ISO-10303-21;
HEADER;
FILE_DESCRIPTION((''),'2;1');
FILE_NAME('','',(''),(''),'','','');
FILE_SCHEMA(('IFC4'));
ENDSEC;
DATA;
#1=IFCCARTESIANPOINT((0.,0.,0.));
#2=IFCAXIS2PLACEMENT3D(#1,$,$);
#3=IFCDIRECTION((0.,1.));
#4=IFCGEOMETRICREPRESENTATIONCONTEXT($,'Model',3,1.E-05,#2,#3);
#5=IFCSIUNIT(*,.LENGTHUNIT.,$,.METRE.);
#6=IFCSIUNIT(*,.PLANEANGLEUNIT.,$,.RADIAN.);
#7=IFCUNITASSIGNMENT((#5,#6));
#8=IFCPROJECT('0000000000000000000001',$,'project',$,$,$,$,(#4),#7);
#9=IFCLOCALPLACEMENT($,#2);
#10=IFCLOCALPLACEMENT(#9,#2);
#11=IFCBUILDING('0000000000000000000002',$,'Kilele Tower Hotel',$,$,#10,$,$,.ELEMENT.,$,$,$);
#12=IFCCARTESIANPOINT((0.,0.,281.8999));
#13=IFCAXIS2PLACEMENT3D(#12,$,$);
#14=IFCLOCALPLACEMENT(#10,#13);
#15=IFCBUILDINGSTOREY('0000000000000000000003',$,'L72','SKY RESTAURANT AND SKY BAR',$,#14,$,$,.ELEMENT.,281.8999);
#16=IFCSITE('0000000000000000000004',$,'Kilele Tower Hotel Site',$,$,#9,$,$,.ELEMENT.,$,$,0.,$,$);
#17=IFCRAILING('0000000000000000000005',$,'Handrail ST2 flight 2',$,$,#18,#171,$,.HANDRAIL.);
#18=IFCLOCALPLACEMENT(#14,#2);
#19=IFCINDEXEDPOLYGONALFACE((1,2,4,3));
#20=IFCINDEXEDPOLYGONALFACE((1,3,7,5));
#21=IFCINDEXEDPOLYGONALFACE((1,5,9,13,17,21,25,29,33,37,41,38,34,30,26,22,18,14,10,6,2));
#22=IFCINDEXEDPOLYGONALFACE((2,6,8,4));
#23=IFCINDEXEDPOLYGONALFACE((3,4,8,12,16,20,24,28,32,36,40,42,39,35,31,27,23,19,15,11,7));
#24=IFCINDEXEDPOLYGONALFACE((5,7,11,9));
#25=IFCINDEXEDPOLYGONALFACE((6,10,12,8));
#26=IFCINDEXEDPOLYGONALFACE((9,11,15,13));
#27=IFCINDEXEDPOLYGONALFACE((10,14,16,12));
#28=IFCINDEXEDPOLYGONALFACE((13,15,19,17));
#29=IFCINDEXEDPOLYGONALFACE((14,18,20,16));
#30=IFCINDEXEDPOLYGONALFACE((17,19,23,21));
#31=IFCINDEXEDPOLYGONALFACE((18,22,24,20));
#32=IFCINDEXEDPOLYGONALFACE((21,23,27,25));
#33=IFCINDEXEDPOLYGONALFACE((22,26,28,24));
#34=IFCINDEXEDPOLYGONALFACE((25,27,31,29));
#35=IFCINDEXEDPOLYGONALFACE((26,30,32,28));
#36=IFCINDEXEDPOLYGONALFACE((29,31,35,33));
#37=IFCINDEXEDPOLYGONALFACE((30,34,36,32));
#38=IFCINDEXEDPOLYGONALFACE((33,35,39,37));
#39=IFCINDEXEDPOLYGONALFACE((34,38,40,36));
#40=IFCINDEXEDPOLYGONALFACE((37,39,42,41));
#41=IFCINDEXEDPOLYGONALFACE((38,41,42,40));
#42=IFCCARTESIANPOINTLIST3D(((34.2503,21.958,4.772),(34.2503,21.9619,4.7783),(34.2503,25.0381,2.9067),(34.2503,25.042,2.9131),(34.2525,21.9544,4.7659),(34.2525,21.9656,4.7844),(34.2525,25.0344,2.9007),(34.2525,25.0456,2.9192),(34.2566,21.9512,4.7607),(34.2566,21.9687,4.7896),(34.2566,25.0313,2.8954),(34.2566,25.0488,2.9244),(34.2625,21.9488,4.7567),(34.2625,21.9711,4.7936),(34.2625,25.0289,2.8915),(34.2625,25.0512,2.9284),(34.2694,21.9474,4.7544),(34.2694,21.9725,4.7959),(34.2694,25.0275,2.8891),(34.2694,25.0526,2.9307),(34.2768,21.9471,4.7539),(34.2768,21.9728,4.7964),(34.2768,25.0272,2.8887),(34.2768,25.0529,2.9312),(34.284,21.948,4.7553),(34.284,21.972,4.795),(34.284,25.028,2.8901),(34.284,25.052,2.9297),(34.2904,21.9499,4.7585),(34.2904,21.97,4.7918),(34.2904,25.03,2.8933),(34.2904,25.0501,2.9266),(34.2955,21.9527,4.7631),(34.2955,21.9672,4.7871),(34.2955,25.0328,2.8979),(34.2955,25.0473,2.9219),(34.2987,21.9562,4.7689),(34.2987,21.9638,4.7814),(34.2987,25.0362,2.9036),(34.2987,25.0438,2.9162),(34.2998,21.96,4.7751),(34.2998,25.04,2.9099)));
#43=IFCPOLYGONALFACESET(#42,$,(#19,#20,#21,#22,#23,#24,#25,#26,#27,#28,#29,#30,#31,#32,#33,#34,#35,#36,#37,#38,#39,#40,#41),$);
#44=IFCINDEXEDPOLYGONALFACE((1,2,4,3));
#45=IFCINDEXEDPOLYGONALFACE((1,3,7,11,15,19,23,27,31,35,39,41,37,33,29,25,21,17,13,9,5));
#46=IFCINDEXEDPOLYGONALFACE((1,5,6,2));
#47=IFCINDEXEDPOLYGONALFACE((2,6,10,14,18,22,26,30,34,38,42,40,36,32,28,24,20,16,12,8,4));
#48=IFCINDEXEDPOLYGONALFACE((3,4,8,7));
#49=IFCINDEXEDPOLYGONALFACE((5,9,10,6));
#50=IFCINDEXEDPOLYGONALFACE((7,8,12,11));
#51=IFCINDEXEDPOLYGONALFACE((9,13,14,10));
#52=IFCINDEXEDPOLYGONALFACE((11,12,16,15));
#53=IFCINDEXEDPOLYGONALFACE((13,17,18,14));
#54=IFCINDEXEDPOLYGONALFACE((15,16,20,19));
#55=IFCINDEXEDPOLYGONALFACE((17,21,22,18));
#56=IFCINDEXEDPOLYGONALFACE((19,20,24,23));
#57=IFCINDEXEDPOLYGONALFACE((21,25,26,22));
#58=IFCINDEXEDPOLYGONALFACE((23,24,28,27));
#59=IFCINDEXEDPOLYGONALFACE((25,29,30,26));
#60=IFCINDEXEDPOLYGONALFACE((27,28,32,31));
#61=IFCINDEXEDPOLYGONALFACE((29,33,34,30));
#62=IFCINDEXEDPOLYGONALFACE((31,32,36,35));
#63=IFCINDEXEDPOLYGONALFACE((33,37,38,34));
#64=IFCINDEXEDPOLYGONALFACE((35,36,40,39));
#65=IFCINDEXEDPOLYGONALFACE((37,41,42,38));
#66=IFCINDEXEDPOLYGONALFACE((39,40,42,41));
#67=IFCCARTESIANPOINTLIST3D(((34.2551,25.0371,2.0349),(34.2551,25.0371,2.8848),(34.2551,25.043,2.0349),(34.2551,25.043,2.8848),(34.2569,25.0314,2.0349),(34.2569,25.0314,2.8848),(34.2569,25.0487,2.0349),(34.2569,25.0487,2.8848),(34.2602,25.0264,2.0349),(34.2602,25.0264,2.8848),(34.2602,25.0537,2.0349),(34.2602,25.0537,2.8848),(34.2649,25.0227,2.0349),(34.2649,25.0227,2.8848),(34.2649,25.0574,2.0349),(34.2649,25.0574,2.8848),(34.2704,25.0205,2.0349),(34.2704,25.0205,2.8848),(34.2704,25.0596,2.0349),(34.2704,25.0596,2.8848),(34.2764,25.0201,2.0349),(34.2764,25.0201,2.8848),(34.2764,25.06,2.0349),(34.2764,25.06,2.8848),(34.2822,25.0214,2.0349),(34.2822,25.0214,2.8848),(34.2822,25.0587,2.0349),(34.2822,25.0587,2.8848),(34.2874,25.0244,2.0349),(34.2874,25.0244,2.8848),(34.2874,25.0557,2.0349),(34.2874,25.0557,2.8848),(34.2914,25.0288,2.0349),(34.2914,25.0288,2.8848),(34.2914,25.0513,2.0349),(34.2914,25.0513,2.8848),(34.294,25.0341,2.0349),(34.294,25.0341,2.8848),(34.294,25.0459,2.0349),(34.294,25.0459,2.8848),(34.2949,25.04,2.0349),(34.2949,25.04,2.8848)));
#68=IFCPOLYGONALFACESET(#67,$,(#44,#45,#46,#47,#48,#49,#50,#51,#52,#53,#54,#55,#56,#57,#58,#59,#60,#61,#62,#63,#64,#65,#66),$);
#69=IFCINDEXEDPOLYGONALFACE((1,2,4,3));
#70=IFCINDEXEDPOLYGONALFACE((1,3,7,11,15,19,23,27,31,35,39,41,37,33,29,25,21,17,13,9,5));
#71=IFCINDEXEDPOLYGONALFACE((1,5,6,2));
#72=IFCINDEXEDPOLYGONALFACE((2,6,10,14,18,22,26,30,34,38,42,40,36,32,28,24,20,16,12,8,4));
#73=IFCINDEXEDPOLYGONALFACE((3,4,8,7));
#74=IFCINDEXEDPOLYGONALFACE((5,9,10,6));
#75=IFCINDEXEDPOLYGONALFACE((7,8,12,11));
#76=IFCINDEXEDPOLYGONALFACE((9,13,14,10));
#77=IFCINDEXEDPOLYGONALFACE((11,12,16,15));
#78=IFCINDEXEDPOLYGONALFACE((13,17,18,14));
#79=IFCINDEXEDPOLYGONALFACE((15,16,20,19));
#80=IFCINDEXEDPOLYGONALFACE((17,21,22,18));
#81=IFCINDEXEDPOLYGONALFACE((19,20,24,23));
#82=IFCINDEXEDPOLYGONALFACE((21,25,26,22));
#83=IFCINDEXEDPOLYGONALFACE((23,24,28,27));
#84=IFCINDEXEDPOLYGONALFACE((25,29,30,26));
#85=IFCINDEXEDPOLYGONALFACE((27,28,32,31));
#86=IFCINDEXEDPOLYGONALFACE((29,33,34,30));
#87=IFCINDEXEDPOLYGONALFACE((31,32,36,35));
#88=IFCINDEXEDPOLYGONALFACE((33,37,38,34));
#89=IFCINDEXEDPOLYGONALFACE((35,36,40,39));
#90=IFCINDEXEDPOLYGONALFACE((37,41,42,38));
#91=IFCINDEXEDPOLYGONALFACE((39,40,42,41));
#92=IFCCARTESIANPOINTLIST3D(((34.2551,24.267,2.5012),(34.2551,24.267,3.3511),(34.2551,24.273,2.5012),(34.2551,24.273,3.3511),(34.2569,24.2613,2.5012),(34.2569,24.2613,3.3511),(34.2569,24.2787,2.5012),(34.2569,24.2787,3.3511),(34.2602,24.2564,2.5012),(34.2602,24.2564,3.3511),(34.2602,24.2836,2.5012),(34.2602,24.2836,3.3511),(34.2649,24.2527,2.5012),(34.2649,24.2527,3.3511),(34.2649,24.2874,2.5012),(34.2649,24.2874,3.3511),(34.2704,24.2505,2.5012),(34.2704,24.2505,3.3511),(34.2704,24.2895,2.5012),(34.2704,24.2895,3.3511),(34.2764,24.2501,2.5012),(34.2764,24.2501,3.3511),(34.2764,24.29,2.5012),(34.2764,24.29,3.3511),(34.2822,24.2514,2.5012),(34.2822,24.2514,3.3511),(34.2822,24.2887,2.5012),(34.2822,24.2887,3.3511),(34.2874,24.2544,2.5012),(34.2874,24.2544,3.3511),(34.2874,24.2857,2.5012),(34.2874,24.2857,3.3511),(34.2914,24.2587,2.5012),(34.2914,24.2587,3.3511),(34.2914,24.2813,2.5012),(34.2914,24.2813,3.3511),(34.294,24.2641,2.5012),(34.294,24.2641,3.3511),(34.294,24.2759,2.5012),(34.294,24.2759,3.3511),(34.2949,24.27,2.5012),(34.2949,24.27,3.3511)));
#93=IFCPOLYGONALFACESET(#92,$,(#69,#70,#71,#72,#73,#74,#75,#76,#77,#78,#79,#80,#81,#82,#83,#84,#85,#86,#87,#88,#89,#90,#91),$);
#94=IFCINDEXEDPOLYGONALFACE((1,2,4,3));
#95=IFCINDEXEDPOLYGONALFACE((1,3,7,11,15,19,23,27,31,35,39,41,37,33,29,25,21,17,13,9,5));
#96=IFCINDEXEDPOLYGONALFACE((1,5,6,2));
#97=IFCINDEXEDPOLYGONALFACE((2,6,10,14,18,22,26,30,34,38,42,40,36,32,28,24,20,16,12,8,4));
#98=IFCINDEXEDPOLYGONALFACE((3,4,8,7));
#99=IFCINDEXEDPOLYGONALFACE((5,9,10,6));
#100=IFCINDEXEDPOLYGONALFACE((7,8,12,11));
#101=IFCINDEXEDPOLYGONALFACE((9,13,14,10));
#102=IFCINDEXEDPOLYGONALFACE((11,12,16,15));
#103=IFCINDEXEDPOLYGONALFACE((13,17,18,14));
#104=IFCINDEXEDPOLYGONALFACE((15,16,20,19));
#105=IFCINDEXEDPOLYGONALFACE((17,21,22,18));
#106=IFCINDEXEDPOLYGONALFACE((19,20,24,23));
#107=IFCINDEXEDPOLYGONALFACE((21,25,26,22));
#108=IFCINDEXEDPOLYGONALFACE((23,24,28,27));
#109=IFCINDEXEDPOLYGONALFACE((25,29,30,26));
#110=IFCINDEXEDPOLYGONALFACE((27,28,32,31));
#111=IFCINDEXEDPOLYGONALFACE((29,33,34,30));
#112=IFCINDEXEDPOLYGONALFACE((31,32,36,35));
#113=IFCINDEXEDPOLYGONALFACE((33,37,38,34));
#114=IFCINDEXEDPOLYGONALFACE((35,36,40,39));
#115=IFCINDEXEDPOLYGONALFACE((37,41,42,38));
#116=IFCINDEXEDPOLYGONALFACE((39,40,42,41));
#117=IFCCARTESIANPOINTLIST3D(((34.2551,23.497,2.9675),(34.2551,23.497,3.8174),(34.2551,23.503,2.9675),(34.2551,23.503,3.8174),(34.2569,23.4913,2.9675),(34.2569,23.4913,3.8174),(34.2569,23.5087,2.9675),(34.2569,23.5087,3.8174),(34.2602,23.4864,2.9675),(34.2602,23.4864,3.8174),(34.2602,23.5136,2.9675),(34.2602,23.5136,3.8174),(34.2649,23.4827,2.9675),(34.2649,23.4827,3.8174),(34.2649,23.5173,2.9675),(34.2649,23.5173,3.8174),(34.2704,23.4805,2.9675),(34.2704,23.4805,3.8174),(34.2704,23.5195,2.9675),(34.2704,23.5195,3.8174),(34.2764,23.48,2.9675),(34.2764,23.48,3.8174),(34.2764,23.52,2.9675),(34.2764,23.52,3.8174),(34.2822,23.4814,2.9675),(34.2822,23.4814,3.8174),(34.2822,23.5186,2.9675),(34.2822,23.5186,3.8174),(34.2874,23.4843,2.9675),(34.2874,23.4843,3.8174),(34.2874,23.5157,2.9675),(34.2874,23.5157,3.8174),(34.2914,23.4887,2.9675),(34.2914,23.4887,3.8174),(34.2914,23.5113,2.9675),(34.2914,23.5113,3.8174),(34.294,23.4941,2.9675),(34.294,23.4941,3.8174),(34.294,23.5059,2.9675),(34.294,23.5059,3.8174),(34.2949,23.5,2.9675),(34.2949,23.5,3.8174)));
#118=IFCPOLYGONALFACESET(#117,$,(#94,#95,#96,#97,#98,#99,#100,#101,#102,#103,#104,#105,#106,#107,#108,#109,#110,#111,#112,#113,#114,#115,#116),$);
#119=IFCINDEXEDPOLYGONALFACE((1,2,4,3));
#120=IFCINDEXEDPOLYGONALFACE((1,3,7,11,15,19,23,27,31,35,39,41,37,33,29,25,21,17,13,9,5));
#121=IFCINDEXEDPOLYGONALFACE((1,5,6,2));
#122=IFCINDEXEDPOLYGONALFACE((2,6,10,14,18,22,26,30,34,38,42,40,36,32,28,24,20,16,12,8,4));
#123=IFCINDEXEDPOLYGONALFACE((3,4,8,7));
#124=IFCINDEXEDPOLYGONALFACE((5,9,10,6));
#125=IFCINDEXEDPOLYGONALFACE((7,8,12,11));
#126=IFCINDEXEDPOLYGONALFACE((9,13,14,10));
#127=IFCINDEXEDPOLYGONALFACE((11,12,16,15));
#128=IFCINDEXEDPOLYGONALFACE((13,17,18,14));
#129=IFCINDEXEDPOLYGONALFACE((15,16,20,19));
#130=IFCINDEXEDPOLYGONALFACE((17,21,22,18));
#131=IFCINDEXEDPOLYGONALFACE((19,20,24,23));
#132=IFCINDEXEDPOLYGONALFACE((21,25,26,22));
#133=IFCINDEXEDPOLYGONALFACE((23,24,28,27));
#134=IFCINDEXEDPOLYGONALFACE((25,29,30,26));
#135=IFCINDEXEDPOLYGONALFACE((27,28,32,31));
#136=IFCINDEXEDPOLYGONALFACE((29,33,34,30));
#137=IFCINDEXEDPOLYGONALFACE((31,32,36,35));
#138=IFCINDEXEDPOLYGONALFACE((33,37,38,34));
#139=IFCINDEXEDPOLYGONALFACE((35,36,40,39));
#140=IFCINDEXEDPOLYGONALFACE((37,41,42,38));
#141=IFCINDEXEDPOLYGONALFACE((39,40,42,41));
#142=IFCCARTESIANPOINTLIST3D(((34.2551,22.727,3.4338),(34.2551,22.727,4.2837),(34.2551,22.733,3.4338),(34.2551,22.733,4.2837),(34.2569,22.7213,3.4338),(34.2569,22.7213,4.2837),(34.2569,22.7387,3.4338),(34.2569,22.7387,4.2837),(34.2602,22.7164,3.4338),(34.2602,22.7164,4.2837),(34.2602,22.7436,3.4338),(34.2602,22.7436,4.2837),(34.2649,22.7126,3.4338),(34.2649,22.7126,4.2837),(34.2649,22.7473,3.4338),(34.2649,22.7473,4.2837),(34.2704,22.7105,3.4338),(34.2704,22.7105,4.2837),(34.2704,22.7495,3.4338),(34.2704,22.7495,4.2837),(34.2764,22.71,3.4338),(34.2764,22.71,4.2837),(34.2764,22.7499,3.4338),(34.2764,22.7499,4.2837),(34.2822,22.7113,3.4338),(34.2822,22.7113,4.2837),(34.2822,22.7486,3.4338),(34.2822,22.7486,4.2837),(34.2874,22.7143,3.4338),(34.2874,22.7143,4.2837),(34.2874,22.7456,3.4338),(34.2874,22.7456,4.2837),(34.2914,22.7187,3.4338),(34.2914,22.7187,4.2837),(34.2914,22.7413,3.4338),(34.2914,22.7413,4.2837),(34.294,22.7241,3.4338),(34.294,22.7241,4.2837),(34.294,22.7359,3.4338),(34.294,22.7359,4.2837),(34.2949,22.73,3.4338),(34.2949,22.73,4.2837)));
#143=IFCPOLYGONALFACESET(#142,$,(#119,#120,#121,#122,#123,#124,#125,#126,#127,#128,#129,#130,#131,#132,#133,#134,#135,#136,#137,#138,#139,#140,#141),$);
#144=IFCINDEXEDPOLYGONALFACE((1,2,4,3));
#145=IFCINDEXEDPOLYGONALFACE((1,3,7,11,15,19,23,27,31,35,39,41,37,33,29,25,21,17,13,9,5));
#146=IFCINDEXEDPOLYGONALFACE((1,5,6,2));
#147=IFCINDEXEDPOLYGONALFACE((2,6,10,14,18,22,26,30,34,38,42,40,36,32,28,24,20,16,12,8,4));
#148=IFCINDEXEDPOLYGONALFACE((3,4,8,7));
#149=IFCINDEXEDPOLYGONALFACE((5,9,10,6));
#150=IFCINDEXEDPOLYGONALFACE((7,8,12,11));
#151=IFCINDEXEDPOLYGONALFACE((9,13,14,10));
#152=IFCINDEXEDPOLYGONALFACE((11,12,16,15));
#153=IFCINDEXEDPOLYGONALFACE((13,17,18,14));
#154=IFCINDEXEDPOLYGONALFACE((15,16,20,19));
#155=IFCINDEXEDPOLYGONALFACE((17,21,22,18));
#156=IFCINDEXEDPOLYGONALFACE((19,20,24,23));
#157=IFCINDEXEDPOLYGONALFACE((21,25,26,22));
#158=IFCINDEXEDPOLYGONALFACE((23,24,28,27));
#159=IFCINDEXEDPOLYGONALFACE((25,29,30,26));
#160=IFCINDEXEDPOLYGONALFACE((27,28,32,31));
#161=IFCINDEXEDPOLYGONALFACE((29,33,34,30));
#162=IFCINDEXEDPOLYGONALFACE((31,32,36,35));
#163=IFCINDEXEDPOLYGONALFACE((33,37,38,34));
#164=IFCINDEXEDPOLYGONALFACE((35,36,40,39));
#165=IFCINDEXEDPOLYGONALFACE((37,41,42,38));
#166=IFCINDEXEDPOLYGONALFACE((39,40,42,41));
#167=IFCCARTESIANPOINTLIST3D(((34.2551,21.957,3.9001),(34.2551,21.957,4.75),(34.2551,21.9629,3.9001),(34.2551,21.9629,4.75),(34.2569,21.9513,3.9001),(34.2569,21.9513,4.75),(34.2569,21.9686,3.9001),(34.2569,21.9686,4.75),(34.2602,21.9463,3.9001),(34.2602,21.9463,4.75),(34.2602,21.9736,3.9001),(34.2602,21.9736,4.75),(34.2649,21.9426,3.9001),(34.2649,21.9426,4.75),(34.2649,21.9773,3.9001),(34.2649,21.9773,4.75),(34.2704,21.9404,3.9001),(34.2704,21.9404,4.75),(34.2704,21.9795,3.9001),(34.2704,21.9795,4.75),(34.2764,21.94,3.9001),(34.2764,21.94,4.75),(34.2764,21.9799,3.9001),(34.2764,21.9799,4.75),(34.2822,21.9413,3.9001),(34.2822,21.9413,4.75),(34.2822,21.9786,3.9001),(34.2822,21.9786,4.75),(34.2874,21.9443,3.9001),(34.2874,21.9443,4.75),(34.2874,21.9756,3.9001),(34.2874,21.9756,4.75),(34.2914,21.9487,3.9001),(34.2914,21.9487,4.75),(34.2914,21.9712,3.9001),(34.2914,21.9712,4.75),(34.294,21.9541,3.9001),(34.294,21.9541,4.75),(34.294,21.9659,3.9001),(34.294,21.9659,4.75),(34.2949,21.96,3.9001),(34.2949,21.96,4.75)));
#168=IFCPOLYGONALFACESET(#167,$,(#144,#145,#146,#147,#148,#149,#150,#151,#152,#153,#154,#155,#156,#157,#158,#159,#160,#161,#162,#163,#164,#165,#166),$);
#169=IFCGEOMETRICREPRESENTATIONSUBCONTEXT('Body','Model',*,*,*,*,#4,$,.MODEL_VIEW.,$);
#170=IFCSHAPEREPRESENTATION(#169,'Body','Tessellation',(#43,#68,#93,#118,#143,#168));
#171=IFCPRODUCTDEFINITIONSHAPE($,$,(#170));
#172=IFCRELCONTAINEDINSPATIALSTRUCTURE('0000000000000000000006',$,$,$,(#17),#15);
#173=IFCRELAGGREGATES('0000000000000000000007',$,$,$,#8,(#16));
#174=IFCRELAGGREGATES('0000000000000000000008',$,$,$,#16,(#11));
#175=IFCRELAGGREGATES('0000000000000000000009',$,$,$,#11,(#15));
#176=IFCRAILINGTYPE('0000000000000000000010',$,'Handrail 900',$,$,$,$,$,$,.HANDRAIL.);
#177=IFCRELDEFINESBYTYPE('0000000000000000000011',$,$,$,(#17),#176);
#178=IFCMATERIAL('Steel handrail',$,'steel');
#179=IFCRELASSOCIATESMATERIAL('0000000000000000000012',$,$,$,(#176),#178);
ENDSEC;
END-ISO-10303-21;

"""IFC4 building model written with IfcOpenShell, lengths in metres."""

from ifc_helpers import new_model, si_unit, direction, frame, origin, origin_2d, place, context, subcontext, project, spatial, circle, extrude, material, type_object, element, save


model = new_model("IFC4")

# Units and contexts
model_context = context("Model", 3, precision=1e-05, world=origin(), true_north=direction((0.0, 1.0)))
body_context = subcontext(model_context, "Body", "Model", "MODEL_VIEW")
ifc_project = project(units=[si_unit("LENGTHUNIT", "METRE"), si_unit("PLANEANGLEUNIT", "RADIAN")], contexts=[model_context])

# Site, building, storey
site_placement = place(None, origin())
site = spatial("IfcSite", under=ifc_project, at=site_placement, Name="Kilele Tower Hotel Site", CompositionType="ELEMENT", RefElevation=0.0)
building_placement = place(site_placement, origin())
building = spatial("IfcBuilding", under=site, at=building_placement, Name="Kilele Tower Hotel", CompositionType="ELEMENT")
storey_placement = place(building_placement, frame((0.0, 0.0, 281.8999)))
storey = spatial("IfcBuildingStorey", under=building, at=storey_placement, Name="L72", Description="SKY RESTAURANT AND SKY BAR", CompositionType="ELEMENT", Elevation=281.8999)

# Railing
ifc_material_1 = material(Name="Steel handrail", Category="steel")
railing_type_1 = type_object("IfcRailingType", Name="Handrail 900", PredefinedType="HANDRAIL", material=ifc_material_1)
for number, where, name in (
    (1, (34.2749, 25.04, 2.0349), "Handrail ST2 flight 2"),
):
    element("IfcRailing", number, at=place(storey_placement, frame(where)), inside=storey, type_object=railing_type_1, Name=name, PredefinedType="HANDRAIL", context=body_context, shape_type="SweptSolid", body=[
        extrude(circle(Radius=0.0249, at=origin_2d()), frame((0.0, 0.0, 0.875), z_axis=(0.0, -0.85538, 0.518001), x_axis=(1.0, 0.0, 0.0)), (0.0, 0.0, 1.0), 3.6008),
        extrude(circle(Radius=0.02, at=origin_2d()), origin(), (0.0, 0.0, 1.0), 0.8499),
        extrude(circle(Radius=0.02, at=origin_2d()), frame((0.0, -0.77, 0.4663)), (0.0, 0.0, 1.0), 0.8499),
        extrude(circle(Radius=0.02, at=origin_2d()), frame((0.0, -1.54, 0.9326)), (0.0, 0.0, 1.0), 0.8499),
        extrude(circle(Radius=0.02, at=origin_2d()), frame((0.0, -2.3101, 1.3989)), (0.0, 0.0, 1.0), 0.8499),
        extrude(circle(Radius=0.02, at=origin_2d()), frame((0.0, -3.0801, 1.8652)), (0.0, 0.0, 1.0), 0.8499),
    ])

save(model, "model.ifc")
